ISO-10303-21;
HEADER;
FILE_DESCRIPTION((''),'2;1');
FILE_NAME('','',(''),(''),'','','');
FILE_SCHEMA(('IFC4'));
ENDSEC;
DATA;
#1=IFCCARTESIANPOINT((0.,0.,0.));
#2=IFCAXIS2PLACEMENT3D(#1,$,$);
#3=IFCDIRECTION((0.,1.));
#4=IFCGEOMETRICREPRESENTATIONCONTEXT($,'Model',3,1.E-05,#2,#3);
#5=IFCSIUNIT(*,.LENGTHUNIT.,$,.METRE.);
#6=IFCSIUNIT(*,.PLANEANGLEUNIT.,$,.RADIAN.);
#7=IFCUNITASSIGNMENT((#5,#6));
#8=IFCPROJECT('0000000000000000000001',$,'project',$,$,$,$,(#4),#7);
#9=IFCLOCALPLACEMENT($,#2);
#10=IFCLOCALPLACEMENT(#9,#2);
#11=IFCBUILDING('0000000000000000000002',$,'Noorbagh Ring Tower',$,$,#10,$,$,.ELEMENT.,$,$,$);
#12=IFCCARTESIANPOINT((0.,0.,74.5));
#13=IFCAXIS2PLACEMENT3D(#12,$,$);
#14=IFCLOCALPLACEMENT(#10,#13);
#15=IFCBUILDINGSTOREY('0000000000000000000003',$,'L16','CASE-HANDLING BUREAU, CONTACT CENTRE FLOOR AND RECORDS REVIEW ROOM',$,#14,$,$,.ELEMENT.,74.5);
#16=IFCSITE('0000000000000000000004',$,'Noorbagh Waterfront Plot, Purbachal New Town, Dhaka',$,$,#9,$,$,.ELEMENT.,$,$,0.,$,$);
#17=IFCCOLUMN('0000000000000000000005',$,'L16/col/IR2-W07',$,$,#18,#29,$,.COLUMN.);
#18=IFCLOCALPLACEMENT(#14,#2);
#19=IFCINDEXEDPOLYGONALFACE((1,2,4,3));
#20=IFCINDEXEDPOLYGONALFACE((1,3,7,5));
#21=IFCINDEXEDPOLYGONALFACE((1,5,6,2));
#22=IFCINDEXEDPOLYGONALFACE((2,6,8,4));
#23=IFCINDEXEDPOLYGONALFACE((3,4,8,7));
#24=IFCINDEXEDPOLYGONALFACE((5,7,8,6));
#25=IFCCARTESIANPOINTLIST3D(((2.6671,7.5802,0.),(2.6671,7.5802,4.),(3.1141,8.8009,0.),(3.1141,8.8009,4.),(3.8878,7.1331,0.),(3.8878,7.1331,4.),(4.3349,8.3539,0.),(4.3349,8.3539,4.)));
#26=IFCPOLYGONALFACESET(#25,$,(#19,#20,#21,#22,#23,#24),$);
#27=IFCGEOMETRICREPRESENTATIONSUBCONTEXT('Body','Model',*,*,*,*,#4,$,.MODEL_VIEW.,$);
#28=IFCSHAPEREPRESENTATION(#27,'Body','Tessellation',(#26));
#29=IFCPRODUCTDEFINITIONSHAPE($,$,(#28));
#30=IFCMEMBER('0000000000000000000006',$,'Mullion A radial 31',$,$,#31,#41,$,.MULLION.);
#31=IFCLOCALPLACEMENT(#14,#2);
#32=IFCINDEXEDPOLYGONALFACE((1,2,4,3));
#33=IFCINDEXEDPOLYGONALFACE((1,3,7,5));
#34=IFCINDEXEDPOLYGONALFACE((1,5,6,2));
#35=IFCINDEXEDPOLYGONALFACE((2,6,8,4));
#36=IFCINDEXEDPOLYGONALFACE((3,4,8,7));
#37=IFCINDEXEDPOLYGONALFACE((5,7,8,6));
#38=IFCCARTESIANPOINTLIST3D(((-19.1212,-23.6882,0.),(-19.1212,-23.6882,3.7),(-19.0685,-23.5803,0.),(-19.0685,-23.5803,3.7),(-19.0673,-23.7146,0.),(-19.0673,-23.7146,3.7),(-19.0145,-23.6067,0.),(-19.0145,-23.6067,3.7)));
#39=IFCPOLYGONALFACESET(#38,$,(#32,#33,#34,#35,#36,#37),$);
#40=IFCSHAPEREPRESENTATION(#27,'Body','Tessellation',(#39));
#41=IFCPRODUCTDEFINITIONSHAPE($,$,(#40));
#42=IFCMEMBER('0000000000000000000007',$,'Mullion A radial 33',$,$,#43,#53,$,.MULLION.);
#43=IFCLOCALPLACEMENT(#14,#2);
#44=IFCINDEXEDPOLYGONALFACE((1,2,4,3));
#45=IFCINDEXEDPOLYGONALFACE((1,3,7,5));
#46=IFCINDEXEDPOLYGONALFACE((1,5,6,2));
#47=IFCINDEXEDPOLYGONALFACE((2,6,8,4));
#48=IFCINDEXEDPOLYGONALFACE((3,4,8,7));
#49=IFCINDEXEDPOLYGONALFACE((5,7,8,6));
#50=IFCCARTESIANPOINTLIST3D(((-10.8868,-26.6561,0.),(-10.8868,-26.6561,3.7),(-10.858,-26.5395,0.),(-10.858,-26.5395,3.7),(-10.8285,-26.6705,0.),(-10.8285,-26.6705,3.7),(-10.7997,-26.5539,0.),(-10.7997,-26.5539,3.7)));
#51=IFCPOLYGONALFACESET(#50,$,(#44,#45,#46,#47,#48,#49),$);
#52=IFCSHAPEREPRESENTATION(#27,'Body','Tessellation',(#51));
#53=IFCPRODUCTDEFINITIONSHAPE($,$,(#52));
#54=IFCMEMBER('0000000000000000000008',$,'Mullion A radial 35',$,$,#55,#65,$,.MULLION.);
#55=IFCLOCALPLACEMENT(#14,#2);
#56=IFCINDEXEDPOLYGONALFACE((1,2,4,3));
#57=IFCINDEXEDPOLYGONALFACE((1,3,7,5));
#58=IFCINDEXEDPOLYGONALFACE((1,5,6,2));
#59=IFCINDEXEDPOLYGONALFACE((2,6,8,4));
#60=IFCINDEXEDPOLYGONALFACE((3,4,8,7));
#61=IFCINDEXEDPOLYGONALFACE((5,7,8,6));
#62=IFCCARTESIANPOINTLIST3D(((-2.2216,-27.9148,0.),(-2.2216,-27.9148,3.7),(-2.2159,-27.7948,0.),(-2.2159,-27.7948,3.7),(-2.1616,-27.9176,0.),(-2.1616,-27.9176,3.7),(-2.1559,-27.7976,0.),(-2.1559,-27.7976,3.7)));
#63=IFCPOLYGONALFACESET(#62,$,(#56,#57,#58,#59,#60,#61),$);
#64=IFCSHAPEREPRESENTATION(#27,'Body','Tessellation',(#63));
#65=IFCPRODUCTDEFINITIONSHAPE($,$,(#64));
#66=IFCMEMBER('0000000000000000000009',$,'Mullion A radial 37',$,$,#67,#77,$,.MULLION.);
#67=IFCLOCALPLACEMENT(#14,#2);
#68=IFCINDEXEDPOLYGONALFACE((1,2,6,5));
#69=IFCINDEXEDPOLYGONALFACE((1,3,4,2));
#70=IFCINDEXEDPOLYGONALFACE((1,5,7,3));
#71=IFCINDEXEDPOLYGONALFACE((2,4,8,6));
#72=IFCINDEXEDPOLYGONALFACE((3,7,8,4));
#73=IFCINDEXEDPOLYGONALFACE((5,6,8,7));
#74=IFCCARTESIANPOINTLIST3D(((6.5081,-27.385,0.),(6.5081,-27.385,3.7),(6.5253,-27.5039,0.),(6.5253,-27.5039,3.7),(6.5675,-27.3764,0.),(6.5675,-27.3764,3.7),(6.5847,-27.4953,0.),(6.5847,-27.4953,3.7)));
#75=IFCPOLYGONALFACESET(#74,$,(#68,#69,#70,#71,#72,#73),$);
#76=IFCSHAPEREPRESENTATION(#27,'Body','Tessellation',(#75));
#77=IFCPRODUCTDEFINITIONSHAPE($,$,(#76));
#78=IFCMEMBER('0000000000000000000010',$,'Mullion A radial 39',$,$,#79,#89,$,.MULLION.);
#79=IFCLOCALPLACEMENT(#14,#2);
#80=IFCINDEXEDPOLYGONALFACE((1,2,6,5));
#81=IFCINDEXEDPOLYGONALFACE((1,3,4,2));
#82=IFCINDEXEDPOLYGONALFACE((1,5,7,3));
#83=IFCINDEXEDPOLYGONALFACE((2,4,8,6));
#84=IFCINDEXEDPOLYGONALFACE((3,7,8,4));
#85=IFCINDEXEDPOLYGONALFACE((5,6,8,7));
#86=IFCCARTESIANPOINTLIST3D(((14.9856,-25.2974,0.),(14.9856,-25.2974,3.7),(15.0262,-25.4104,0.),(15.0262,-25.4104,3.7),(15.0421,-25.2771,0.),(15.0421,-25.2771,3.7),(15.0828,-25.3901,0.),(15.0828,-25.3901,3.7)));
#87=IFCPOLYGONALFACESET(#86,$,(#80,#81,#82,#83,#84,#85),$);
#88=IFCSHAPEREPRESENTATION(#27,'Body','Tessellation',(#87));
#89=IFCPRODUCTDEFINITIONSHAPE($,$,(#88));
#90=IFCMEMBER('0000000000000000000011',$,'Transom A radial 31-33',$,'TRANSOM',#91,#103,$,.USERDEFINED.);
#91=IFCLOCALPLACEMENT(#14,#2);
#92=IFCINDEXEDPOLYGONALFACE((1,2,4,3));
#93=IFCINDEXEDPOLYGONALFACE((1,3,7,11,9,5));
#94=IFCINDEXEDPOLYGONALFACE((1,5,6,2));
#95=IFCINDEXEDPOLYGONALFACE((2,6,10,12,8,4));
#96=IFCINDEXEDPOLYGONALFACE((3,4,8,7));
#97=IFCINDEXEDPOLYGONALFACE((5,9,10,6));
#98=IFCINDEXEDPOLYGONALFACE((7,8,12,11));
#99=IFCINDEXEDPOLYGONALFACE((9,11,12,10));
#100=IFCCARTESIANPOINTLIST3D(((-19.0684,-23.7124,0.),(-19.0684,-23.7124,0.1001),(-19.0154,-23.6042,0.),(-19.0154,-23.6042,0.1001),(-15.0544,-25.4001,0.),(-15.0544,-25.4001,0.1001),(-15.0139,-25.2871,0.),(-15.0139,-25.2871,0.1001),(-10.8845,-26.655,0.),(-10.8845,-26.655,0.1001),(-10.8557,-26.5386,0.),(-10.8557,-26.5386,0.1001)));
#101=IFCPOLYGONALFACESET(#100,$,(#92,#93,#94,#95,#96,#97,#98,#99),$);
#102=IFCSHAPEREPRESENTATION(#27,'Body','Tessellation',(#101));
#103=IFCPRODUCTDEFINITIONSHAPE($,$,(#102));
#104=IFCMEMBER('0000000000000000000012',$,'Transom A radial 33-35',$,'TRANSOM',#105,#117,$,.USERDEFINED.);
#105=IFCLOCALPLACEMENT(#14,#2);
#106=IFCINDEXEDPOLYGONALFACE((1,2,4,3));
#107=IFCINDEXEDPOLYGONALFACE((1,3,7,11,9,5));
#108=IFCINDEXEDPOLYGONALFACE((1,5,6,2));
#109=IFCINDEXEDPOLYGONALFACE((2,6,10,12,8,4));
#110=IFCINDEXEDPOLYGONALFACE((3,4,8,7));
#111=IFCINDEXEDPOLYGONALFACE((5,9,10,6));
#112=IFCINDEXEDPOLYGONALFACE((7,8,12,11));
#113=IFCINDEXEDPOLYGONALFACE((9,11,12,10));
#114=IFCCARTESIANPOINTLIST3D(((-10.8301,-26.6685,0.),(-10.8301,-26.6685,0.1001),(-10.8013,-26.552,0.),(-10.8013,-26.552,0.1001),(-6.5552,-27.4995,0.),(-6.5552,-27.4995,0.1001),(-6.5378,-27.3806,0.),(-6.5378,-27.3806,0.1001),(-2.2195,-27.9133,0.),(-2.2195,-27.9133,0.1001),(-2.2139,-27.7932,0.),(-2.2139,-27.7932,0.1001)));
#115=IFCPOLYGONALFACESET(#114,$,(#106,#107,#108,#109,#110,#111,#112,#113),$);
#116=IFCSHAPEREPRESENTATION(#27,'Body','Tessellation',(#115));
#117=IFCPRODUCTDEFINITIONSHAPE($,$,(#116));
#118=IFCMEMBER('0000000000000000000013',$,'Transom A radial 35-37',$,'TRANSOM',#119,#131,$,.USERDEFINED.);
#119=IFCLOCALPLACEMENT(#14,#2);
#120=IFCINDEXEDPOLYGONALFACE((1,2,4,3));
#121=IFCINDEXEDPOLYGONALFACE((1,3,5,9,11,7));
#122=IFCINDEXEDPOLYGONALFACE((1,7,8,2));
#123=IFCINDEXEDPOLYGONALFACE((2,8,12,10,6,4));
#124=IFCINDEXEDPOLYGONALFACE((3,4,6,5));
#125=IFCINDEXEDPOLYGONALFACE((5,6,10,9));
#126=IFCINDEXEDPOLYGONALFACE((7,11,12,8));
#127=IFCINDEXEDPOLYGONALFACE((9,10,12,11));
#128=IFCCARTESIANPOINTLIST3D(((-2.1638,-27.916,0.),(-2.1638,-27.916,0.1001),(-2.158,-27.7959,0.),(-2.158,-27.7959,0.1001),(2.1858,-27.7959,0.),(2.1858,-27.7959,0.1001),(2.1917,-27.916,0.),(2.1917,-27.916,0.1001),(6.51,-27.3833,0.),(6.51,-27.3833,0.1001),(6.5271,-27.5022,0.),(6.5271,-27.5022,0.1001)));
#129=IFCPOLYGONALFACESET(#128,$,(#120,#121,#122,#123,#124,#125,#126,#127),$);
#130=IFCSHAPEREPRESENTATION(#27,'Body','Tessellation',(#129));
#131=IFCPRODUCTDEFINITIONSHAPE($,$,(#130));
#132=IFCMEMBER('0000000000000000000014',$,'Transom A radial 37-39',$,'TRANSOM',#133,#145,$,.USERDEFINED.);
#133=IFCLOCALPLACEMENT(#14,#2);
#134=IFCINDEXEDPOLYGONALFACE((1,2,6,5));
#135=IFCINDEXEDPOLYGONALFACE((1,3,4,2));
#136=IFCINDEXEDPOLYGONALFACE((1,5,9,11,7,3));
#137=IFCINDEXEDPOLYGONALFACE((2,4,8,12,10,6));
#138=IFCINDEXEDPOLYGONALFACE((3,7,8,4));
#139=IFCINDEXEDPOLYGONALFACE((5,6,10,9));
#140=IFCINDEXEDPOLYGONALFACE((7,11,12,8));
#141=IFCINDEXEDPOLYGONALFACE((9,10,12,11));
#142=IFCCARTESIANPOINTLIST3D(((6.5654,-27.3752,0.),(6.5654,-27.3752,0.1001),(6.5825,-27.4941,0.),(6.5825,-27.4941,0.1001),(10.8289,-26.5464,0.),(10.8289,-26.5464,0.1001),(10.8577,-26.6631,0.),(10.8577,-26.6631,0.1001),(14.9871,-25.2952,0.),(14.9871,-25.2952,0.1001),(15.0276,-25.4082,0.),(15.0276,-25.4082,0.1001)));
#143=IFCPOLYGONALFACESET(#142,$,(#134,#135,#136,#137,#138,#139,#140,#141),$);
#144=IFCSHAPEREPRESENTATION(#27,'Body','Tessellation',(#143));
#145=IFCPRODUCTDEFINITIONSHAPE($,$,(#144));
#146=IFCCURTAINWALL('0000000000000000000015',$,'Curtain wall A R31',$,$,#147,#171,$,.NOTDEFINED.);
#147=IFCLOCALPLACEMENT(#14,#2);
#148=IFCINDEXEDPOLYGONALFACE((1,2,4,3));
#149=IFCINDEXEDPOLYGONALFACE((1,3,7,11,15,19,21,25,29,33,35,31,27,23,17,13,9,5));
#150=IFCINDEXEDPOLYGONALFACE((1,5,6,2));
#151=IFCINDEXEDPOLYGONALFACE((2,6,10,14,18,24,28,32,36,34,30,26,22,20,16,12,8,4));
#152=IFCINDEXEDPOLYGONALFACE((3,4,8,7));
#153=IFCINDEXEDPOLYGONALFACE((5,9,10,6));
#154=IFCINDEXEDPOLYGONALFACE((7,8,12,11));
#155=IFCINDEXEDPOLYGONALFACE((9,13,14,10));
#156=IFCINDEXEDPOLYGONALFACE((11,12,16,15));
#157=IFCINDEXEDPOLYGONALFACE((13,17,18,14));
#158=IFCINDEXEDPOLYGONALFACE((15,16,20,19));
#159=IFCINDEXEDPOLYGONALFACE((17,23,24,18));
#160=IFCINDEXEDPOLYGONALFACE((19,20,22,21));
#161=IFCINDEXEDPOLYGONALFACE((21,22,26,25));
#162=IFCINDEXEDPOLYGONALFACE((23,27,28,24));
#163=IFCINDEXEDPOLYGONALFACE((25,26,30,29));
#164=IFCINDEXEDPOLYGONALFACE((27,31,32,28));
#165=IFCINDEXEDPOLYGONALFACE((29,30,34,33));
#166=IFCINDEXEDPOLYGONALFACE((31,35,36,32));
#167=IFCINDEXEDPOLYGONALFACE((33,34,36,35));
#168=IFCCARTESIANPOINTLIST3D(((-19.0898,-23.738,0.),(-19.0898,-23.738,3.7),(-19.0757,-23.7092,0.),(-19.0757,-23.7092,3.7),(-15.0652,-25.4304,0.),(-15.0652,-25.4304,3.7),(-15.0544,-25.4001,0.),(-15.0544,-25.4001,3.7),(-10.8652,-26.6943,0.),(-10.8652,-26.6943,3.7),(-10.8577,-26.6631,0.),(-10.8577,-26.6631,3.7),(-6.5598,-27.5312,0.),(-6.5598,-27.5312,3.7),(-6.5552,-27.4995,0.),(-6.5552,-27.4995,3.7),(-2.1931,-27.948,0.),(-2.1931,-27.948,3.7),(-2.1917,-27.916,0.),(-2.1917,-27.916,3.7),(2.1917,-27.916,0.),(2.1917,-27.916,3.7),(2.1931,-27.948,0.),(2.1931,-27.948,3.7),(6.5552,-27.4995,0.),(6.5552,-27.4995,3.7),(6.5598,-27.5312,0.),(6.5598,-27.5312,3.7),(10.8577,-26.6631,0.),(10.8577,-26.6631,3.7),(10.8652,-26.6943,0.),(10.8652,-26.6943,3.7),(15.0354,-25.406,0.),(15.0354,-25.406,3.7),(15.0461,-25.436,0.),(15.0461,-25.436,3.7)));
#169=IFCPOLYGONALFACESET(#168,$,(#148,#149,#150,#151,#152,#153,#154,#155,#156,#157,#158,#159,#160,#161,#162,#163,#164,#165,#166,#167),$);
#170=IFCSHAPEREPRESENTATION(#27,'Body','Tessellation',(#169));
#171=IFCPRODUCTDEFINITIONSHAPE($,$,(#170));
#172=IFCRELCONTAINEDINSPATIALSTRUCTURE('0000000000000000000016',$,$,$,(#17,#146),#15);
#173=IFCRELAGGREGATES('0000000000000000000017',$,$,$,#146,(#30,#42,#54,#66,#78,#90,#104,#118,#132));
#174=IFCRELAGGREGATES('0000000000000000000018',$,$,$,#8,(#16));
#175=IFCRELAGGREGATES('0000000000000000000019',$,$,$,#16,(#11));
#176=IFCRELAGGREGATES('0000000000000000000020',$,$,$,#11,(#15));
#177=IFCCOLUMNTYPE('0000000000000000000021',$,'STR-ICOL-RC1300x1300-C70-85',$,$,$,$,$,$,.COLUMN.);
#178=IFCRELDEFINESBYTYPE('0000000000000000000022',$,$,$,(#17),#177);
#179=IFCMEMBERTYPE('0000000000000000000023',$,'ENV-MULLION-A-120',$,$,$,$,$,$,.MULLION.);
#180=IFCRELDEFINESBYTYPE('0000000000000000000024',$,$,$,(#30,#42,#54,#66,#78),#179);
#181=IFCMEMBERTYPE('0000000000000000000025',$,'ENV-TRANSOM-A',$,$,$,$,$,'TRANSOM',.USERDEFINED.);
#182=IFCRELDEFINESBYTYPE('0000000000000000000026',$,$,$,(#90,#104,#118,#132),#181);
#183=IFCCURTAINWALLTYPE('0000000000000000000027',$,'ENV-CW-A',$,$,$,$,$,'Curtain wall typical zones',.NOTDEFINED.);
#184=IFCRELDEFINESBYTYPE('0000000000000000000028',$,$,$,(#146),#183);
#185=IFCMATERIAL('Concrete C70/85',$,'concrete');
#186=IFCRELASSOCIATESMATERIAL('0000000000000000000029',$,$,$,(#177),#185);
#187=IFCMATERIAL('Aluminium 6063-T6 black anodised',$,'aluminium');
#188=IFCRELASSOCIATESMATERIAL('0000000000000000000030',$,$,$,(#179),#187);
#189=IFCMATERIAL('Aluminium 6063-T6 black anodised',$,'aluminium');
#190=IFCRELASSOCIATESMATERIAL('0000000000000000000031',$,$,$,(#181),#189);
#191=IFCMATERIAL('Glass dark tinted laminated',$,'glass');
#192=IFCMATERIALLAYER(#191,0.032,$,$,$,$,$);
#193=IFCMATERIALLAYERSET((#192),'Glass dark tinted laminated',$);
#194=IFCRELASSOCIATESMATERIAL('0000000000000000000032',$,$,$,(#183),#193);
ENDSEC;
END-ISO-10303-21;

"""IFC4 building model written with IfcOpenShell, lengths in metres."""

from ifc_helpers import new_model, si_unit, direction, frame, origin, origin_2d, place, context, subcontext, project, spatial, polyline, rectangle, outline, extrude, material, layer, layer_set, material_profile, profile_set, type_object, element, aggregate, save


model = new_model("IFC4")

# Units and contexts
model_context = context("Model", 3, precision=1e-05, world=origin(), true_north=direction((0.0, 1.0)))
body_context = subcontext(model_context, "Body", "Model", "MODEL_VIEW")
ifc_project = project(units=[si_unit("LENGTHUNIT", "METRE"), si_unit("PLANEANGLEUNIT", "RADIAN")], contexts=[model_context])

# Site, building, storey
site_placement = place(None, origin())
site = spatial("IfcSite", under=ifc_project, at=site_placement, Name="Noorbagh Waterfront Plot, Purbachal New Town, Dhaka", CompositionType="ELEMENT", RefElevation=0.0)
building_placement = place(site_placement, origin())
building = spatial("IfcBuilding", under=site, at=building_placement, Name="Noorbagh Ring Tower", CompositionType="ELEMENT")
storey_placement = place(building_placement, frame((0.0, 0.0, 74.5)))
storey = spatial("IfcBuildingStorey", under=building, at=storey_placement, Name="L16", Description="CASE-HANDLING BUREAU, CONTACT CENTRE FLOOR AND RECORDS REVIEW ROOM", CompositionType="ELEMENT", Elevation=74.5)

# Column
ifc_material_1 = material(Name="Concrete C70/85", Category="concrete")
ifc_material_profile_1 = material_profile(ifc_material_1, rectangle(XDim=1.3, YDim=1.3, at=origin_2d()), Name="RC1300x1300")
ifc_profile_set_1 = profile_set([ifc_material_profile_1], Name="Concrete C70/85")
column_type = type_object("IfcColumnType", Name="STR-ICOL-RC1300x1300-C70-85", PredefinedType="COLUMN", material=ifc_profile_set_1)
column_placement = place(storey_placement, frame((3.501, 7.967, 0.0), z_axis=(0.0, 0.0, 1.0), x_axis=(-0.93902, 0.343864, 0.0)))
element("IfcColumn", 1, at=column_placement, inside=storey, type_object=column_type, Name="L16/col/IR2-W07", PredefinedType="COLUMN", context=body_context, shape_type="SweptSolid", body=[
    extrude(rectangle(XDim=1.3, YDim=1.3, at=origin_2d()), origin(), (0.0, 0.0, 1.0), 4.0),
])

# Members
ifc_material_2 = material(Name="Aluminium 6063-T6 black anodised", Category="aluminium")
ifc_material_profile_2 = material_profile(ifc_material_2, rectangle(XDim=0.1201, YDim=0.0601, at=origin_2d()), Name="120x60")
ifc_profile_set_2 = profile_set([ifc_material_profile_2], Name="Aluminium 6063-T6 black anodised")
member_type_1 = type_object("IfcMemberType", Name="ENV-MULLION-A-120", PredefinedType="MULLION", material=ifc_profile_set_2)
member_1_placement = place(storey_placement, frame((-19.0679, -23.6475, 0.0), z_axis=(0.0, 0.0, 1.0), x_axis=(0.439238, 0.898371, 0.0)))
member_1 = element("IfcMember", 2, at=member_1_placement, type_object=member_type_1, Name="Mullion A radial 31", PredefinedType="MULLION", context=body_context, shape_type="SweptSolid", body=[
    extrude(rectangle(XDim=0.1201, YDim=0.0601, at=origin_2d()), origin(), (0.0, 0.0, 1.0), 3.7),
])
member_2_placement = place(storey_placement, frame((-10.8433, -26.605, 0.0), z_axis=(0.0, 0.0, 1.0), x_axis=(0.239799, 0.970823, 0.0)))
member_2 = element("IfcMember", 3, at=member_2_placement, type_object=member_type_1, Name="Mullion A radial 33", PredefinedType="MULLION", context=body_context, shape_type="SweptSolid", body=[
    extrude(rectangle(XDim=0.1201, YDim=0.0601, at=origin_2d()), origin(), (0.0, 0.0, 1.0), 3.7),
])
member_3_placement = place(storey_placement, frame((-2.1887, -27.8562, 0.0), z_axis=(0.0, 0.0, 1.0), x_axis=(0.047558, 0.998868, 0.0)))
member_3 = element("IfcMember", 4, at=member_3_placement, type_object=member_type_1, Name="Mullion A radial 35", PredefinedType="MULLION", context=body_context, shape_type="SweptSolid", body=[
    extrude(rectangle(XDim=0.1201, YDim=0.0601, at=origin_2d()), origin(), (0.0, 0.0, 1.0), 3.7),
])
member_4_placement = place(storey_placement, frame((6.5464, -27.4402, 0.0), z_axis=(0.0, 0.0, 1.0), x_axis=(-0.143082, 0.989711, 0.0)))
member_4 = element("IfcMember", 5, at=member_4_placement, type_object=member_type_1, Name="Mullion A radial 37", PredefinedType="MULLION", context=body_context, shape_type="SweptSolid", body=[
    extrude(rectangle(XDim=0.1201, YDim=0.0601, at=origin_2d()), origin(), (0.0, 0.0, 1.0), 3.7),
])
member_5_placement = place(storey_placement, frame((15.0342, -25.3438, 0.0), z_axis=(0.0, 0.0, 1.0), x_axis=(-0.338379, 0.94101, 0.0)))
member_5 = element("IfcMember", 6, at=member_5_placement, type_object=member_type_1, Name="Mullion A radial 39", PredefinedType="MULLION", context=body_context, shape_type="SweptSolid", body=[
    extrude(rectangle(XDim=0.1201, YDim=0.0601, at=origin_2d()), origin(), (0.0, 0.0, 1.0), 3.7),
])
ifc_material_3 = material(Name="Aluminium 6063-T6 black anodised", Category="aluminium")
member_type_2 = type_object("IfcMemberType", Name="ENV-TRANSOM-A", ElementType="TRANSOM", PredefinedType="USERDEFINED", material=ifc_material_3)
member_6_placement = place(storey_placement, origin())
member_6 = element("IfcMember", 7, at=member_6_placement, type_object=member_type_2, Name="Transom A radial 31-33", ObjectType="TRANSOM", PredefinedType="USERDEFINED", context=body_context, shape_type="SweptSolid", body=[
    extrude(outline(polyline([(-19.0684, -23.7124), (-15.0544, -25.4001), (-10.8845, -26.655), (-10.8557, -26.5386), (-15.0139, -25.2871), (-19.0154, -23.6042), (-19.0684, -23.7124)])), origin(), (0.0, 0.0, 1.0), 0.1001),
])
member_7_placement = place(storey_placement, origin())
member_7 = element("IfcMember", 8, at=member_7_placement, type_object=member_type_2, Name="Transom A radial 33-35", ObjectType="TRANSOM", PredefinedType="USERDEFINED", context=body_context, shape_type="SweptSolid", body=[
    extrude(outline(polyline([(-10.8301, -26.6685), (-6.5552, -27.4995), (-2.2195, -27.9133), (-2.2139, -27.7932), (-6.5378, -27.3806), (-10.8013, -26.552), (-10.8301, -26.6685)])), origin(), (0.0, 0.0, 1.0), 0.1001),
])
member_8_placement = place(storey_placement, origin())
member_8 = element("IfcMember", 9, at=member_8_placement, type_object=member_type_2, Name="Transom A radial 35-37", ObjectType="TRANSOM", PredefinedType="USERDEFINED", context=body_context, shape_type="SweptSolid", body=[
    extrude(outline(polyline([(-2.1638, -27.916), (2.1917, -27.916), (6.5271, -27.5022), (6.51, -27.3833), (2.1858, -27.7959), (-2.158, -27.7959), (-2.1638, -27.916)])), origin(), (0.0, 0.0, 1.0), 0.1001),
])
member_9_placement = place(storey_placement, origin())
member_9 = element("IfcMember", 10, at=member_9_placement, type_object=member_type_2, Name="Transom A radial 37-39", ObjectType="TRANSOM", PredefinedType="USERDEFINED", context=body_context, shape_type="SweptSolid", body=[
    extrude(outline(polyline([(6.5825, -27.4941), (10.8577, -26.6631), (15.0276, -25.4082), (14.9871, -25.2952), (10.8289, -26.5464), (6.5654, -27.3752), (6.5825, -27.4941)])), origin(), (0.0, 0.0, 1.0), 0.1001),
])

# Curtain wall
ifc_material_4 = material(Name="Glass dark tinted laminated", Category="glass")
ifc_layer_1 = layer(ifc_material_4, 0.032)
ifc_layer_set_1 = layer_set([ifc_layer_1], Name="Glass dark tinted laminated")
curtain_wall_type_1 = type_object("IfcCurtainWallType", Name="ENV-CW-A", ElementType="Curtain wall typical zones", PredefinedType="NOTDEFINED", material=ifc_layer_set_1)
curtain_wall_1_placement = place(storey_placement, origin())
curtain_wall_1 = element("IfcCurtainWall", 11, at=curtain_wall_1_placement, inside=storey, type_object=curtain_wall_type_1, Name="Curtain wall A R31", PredefinedType="NOTDEFINED", context=body_context, shape_type="SweptSolid", body=[
    extrude(outline(polyline([(-19.0898, -23.738), (-15.0652, -25.4304), (-10.8652, -26.6943), (-6.5598, -27.5312), (-2.1931, -27.948), (2.1931, -27.948), (6.5598, -27.5312), (10.8652, -26.6943), (15.0461, -25.436), (15.0354, -25.406), (10.8577, -26.6631), (6.5552, -27.4995), (2.1917, -27.916), (-2.1917, -27.916), (-6.5552, -27.4995), (-10.8577, -26.6631), (-15.0544, -25.4001), (-19.0757, -23.7092), (-19.0898, -23.738)])), origin(), (0.0, 0.0, 1.0), 3.7),
])
aggregate(curtain_wall_1, [member_1, member_2, member_3, member_4, member_5, member_6, member_7, member_8, member_9])

save(model, "model.ifc")
